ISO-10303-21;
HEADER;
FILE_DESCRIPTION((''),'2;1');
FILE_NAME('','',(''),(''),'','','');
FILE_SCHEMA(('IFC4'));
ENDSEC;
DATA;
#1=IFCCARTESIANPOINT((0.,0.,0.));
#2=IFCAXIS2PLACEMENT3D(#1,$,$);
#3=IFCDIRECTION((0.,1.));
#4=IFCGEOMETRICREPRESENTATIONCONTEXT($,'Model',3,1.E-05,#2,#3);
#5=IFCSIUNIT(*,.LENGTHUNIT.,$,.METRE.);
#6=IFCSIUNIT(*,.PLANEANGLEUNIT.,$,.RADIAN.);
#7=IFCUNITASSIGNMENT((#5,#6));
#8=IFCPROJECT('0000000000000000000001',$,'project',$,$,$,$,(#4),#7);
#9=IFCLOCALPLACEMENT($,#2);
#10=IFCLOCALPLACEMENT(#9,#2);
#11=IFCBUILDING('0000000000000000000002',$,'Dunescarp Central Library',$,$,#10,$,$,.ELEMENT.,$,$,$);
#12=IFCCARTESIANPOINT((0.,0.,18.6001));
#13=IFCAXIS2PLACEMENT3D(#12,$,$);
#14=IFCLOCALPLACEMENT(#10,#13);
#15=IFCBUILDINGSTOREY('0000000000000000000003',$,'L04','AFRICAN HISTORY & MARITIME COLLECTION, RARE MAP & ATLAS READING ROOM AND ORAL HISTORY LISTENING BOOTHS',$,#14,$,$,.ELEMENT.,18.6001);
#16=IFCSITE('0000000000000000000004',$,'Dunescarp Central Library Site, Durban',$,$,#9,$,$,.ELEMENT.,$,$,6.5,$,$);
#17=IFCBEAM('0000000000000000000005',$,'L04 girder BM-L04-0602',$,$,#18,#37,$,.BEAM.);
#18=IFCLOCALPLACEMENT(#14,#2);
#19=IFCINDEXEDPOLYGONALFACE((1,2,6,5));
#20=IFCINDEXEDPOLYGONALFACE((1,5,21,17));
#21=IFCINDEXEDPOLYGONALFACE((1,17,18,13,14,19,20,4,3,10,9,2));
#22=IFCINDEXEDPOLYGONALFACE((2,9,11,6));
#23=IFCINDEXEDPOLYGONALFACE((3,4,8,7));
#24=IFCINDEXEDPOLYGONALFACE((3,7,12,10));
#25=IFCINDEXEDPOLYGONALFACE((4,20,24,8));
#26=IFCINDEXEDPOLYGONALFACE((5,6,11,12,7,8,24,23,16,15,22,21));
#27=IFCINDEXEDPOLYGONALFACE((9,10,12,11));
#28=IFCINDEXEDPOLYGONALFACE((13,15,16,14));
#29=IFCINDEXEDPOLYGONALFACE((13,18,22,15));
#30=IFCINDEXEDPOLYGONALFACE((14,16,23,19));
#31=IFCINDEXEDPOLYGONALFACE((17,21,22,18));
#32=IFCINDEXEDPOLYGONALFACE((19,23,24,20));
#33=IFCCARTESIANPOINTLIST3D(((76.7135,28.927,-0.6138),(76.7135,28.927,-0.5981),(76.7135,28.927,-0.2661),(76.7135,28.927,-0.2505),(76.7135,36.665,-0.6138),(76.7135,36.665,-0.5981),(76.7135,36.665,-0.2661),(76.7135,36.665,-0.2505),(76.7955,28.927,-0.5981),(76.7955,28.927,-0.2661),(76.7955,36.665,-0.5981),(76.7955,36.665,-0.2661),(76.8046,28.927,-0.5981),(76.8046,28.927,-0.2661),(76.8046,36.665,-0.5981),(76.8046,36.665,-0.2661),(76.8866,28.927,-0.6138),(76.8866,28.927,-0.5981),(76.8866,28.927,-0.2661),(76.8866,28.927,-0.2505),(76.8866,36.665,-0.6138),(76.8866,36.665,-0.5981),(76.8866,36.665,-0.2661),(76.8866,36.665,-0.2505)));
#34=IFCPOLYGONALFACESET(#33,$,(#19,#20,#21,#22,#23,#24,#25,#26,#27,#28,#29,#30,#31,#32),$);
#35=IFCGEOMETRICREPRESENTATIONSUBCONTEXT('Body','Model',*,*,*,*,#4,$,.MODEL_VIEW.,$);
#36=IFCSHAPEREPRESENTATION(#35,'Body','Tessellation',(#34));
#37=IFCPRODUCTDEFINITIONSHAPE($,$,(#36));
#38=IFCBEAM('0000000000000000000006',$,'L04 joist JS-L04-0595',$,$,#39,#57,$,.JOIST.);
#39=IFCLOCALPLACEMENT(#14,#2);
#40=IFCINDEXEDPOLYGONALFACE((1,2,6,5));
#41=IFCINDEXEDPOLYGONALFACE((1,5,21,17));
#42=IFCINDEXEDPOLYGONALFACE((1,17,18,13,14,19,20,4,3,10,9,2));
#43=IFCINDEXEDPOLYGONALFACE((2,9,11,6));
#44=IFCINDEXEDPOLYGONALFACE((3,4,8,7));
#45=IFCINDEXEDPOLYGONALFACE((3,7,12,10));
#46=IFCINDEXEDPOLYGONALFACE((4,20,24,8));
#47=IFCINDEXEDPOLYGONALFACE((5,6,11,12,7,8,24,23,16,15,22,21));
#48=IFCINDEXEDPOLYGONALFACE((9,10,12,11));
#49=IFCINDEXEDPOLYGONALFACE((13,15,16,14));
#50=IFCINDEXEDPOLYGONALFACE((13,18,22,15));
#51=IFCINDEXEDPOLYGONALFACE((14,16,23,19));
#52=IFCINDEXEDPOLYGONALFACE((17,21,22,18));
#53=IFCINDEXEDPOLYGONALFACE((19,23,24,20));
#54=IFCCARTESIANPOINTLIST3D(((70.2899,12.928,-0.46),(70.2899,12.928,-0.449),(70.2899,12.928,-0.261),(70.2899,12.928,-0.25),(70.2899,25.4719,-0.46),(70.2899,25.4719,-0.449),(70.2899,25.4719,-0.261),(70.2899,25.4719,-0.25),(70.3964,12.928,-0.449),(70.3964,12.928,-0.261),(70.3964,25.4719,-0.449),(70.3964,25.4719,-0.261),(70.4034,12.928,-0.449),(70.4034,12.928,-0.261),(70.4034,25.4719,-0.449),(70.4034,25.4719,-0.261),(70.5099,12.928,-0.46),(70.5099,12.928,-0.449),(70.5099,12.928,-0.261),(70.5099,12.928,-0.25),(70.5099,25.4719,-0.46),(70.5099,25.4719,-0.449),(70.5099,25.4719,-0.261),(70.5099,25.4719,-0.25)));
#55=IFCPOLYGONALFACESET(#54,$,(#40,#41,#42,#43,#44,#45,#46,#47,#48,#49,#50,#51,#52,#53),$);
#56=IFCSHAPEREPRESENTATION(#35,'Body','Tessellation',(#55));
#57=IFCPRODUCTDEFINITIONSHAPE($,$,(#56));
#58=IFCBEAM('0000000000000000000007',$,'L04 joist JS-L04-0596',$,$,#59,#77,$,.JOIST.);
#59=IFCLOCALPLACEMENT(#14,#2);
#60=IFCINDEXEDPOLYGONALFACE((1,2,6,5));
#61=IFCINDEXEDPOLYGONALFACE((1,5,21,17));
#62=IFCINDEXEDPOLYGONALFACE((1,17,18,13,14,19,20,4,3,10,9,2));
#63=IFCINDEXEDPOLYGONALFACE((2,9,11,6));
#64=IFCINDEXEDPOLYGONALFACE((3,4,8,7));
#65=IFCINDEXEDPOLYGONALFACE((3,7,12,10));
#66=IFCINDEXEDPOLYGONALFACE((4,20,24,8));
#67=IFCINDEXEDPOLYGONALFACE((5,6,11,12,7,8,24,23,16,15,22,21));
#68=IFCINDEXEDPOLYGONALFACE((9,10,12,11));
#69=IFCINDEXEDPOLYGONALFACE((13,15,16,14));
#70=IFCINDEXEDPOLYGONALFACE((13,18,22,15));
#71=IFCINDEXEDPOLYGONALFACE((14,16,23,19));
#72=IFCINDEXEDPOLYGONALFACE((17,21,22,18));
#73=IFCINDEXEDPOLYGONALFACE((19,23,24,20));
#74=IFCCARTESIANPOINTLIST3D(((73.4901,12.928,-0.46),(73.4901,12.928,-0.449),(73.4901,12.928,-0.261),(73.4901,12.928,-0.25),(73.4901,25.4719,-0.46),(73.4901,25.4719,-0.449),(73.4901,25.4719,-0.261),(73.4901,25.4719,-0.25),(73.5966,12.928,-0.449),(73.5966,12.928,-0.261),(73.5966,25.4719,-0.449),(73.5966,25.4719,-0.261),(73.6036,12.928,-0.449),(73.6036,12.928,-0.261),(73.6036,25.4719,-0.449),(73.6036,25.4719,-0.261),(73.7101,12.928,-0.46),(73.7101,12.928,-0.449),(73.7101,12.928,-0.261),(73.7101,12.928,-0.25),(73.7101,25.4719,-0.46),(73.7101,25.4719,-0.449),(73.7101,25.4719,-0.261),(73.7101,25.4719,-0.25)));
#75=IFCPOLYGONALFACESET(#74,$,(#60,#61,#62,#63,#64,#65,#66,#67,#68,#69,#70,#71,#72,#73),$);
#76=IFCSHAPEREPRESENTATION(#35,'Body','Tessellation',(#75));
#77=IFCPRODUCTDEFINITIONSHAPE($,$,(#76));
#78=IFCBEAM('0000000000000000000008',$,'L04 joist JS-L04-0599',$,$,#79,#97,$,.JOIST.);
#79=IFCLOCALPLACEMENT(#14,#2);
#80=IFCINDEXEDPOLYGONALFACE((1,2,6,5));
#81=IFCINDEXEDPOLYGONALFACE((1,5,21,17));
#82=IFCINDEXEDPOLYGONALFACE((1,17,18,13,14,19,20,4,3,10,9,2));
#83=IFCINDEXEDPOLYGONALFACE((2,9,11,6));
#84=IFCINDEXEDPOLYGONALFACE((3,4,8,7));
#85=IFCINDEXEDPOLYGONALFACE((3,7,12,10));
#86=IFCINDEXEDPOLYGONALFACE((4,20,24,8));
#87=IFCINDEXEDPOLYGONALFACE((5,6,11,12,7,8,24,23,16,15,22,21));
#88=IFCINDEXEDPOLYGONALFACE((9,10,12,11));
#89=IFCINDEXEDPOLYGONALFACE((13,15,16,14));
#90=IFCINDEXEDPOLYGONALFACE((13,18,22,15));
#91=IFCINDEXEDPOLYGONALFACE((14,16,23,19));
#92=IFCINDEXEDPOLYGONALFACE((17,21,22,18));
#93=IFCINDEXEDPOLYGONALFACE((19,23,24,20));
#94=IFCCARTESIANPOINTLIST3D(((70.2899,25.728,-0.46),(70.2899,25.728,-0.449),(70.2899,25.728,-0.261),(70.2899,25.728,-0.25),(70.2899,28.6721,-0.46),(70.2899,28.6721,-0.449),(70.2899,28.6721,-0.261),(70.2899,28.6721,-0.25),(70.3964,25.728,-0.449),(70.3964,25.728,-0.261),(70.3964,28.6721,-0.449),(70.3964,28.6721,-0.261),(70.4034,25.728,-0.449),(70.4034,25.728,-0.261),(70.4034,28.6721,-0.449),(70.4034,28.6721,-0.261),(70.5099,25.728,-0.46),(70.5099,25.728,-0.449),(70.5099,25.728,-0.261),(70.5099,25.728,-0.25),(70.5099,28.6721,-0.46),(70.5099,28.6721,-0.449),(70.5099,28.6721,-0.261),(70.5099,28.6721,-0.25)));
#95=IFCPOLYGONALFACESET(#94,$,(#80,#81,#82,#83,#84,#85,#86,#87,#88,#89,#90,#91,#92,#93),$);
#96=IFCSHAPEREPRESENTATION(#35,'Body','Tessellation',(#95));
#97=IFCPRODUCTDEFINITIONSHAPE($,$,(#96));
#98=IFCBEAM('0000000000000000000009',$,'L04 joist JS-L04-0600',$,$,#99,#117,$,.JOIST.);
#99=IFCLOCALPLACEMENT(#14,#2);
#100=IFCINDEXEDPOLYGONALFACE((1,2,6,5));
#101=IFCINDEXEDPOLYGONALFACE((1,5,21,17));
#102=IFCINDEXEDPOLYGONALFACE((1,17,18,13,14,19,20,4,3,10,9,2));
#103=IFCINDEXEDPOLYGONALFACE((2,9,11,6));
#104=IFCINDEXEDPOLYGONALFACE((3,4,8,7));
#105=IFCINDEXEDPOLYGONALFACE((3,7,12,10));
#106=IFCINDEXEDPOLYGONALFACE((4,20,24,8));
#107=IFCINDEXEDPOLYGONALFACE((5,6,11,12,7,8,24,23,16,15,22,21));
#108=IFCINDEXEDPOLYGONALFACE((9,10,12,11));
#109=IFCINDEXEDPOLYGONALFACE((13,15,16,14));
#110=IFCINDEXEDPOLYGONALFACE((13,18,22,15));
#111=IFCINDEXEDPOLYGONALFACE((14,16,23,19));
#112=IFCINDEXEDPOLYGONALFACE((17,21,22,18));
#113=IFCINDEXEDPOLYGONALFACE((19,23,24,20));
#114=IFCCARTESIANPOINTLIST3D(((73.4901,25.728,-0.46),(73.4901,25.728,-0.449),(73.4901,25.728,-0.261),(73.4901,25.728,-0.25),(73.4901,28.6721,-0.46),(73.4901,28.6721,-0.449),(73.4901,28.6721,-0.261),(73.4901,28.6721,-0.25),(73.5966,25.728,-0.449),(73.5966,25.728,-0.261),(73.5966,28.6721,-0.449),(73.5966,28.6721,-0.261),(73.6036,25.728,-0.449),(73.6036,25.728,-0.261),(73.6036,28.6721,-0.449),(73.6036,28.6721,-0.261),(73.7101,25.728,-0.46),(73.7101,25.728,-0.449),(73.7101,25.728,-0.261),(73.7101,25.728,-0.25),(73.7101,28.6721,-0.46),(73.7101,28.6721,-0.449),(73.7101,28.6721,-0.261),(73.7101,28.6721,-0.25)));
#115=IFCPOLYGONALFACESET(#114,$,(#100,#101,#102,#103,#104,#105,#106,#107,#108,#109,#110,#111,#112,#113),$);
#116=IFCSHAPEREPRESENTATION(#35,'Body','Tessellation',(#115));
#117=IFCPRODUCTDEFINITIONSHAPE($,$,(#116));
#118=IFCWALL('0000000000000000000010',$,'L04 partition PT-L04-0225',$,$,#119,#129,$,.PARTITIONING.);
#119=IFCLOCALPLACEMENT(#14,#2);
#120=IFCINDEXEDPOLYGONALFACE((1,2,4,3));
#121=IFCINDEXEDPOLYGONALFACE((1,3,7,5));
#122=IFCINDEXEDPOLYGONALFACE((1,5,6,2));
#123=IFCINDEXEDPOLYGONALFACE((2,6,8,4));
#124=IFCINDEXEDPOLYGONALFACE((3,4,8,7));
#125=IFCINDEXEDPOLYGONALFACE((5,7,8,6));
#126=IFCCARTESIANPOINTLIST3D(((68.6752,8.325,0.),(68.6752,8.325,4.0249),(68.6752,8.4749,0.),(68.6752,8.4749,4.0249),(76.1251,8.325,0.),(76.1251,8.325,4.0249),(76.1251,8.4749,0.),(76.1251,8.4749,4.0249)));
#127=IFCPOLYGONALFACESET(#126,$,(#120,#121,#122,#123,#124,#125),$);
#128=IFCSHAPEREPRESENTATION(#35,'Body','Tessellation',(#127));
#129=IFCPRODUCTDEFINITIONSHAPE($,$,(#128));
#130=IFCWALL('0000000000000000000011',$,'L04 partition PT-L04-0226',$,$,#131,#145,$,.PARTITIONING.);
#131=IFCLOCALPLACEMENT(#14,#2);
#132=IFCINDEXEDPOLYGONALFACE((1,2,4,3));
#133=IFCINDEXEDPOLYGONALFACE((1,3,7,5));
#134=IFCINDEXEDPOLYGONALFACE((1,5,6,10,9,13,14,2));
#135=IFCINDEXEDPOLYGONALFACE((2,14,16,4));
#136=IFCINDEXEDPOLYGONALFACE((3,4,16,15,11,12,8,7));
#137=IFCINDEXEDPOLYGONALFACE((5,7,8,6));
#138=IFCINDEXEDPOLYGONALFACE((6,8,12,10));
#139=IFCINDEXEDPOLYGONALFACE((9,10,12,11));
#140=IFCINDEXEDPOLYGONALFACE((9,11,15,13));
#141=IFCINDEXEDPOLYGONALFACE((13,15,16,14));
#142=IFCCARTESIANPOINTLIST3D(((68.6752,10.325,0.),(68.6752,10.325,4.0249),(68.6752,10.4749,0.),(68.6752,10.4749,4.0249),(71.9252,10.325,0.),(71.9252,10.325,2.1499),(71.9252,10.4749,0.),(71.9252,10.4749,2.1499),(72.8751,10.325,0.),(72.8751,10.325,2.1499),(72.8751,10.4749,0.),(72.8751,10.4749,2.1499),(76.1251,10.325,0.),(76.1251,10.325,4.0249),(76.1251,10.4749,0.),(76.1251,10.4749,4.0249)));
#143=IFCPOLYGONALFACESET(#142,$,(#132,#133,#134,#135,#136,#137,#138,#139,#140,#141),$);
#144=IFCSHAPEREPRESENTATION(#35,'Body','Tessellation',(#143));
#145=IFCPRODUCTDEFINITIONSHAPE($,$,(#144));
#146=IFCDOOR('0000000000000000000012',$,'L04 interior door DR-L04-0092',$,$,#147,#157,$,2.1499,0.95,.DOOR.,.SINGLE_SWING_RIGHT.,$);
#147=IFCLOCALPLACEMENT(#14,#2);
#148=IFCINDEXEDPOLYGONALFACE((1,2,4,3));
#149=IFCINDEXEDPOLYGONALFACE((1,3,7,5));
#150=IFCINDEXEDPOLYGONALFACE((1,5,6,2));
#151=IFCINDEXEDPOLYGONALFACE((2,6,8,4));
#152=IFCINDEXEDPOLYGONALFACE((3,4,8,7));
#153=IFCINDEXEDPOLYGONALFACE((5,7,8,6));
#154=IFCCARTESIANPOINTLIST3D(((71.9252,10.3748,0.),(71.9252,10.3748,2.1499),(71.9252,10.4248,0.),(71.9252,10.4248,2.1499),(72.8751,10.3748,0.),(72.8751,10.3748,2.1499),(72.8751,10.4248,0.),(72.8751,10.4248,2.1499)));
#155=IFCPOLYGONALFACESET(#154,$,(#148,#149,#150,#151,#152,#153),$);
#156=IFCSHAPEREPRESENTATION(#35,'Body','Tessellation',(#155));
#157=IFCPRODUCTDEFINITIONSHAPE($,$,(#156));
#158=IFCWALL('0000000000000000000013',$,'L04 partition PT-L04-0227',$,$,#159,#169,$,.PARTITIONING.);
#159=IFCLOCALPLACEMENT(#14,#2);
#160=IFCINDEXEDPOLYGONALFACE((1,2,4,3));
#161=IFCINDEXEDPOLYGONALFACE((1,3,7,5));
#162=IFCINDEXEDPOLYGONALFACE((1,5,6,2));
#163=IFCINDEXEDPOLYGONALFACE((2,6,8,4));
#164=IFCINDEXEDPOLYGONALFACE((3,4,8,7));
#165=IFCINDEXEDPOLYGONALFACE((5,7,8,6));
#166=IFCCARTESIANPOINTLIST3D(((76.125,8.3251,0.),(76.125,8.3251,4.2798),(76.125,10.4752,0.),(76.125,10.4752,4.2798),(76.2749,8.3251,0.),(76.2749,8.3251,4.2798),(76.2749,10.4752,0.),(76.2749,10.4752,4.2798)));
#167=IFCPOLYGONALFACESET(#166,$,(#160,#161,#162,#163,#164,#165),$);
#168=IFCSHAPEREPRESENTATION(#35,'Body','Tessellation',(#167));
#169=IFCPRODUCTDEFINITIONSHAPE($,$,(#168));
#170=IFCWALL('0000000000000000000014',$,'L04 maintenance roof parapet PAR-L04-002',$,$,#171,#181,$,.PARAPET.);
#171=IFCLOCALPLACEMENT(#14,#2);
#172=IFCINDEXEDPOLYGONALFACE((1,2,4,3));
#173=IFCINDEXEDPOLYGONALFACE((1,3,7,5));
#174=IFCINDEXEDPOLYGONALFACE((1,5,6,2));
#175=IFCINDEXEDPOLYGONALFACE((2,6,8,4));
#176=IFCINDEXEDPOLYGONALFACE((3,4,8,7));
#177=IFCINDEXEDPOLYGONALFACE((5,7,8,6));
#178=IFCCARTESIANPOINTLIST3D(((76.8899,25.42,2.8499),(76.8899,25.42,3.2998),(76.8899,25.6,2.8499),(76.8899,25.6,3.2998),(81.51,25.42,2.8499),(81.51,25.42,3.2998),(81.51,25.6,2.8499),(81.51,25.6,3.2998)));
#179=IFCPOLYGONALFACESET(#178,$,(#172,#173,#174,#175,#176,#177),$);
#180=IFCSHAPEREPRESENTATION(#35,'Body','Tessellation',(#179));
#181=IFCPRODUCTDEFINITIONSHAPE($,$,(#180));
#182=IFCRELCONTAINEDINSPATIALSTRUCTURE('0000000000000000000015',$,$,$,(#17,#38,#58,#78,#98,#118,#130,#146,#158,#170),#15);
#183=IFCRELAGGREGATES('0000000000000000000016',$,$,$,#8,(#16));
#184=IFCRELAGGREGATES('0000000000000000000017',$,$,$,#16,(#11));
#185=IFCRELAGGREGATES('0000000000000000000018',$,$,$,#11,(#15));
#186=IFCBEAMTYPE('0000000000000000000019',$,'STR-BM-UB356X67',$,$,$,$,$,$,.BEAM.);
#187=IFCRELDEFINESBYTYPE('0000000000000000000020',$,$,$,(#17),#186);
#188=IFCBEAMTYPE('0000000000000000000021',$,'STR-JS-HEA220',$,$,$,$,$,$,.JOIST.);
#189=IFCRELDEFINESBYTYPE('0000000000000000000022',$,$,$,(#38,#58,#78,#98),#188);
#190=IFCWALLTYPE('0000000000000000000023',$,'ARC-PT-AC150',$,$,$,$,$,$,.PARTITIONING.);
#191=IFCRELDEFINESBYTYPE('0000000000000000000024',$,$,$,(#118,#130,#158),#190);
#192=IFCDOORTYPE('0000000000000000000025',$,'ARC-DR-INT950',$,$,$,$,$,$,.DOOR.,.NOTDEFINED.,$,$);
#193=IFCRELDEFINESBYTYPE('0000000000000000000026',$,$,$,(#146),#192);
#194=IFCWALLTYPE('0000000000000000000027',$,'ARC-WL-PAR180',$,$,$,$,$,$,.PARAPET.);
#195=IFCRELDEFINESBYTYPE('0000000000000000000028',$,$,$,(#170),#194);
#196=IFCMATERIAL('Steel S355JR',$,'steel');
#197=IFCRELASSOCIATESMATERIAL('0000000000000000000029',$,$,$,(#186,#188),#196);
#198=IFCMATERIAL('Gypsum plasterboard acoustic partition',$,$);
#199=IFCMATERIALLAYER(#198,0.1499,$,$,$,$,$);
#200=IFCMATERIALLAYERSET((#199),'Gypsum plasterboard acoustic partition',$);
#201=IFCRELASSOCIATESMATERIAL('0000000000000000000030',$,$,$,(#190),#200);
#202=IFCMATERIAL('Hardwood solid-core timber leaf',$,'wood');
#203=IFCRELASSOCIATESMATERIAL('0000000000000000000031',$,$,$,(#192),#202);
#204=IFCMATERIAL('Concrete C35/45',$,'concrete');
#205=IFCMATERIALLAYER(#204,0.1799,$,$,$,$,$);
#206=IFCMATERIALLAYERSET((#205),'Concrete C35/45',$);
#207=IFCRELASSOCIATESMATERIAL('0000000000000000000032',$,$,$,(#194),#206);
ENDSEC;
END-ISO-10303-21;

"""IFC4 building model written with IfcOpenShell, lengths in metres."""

from ifc_helpers import new_model, si_unit, direction, frame, frame_2d, origin, origin_2d, place, context, subcontext, project, spatial, rectangle, i_section, extrude, material, layer, layer_set, material_profile, profile_set, type_object, element, fill, save


model = new_model("IFC4")

# Units and contexts
model_context = context("Model", 3, precision=1e-05, world=origin(), true_north=direction((0.0, 1.0)))
body_context = subcontext(model_context, "Body", "Model", "MODEL_VIEW")
ifc_project = project(units=[si_unit("LENGTHUNIT", "METRE"), si_unit("PLANEANGLEUNIT", "RADIAN")], contexts=[model_context])

# Site, building, storey
site_placement = place(None, origin())
site = spatial("IfcSite", under=ifc_project, at=site_placement, Name="Dunescarp Central Library Site, Durban", CompositionType="ELEMENT", RefElevation=6.5)
building_placement = place(site_placement, origin())
building = spatial("IfcBuilding", under=site, at=building_placement, Name="Dunescarp Central Library", CompositionType="ELEMENT")
storey_placement = place(building_placement, frame((0.0, 0.0, 18.6001)))
storey = spatial("IfcBuildingStorey", under=building, at=storey_placement, Name="L04", Description="AFRICAN HISTORY & MARITIME COLLECTION, RARE MAP & ATLAS READING ROOM AND ORAL HISTORY LISTENING BOOTHS", CompositionType="ELEMENT", Elevation=18.6001)

# Shared definitions
ifc_material_1 = material(Name="Steel S355JR", Category="steel")

# Beams
ifc_material_profile_1 = material_profile(ifc_material_1, i_section(OverallWidth=0.1731, OverallDepth=0.3633, WebThickness=0.009, FlangeThickness=0.0156, at=origin_2d()), Name="UB 356x171x67")
ifc_profile_set_1 = profile_set([ifc_material_profile_1], Name="Steel S355JR")
beam_type_1 = type_object("IfcBeamType", Name="STR-BM-UB356X67", PredefinedType="BEAM", material=ifc_profile_set_1)
beam_1_placement = place(storey_placement, frame((76.8, 28.927, -0.4321), z_axis=(0.0, 1.0, 0.0), x_axis=(-1.0, 0.0, 0.0)))
element("IfcBeam", 1, at=beam_1_placement, inside=storey, type_object=beam_type_1, Name="L04 girder BM-L04-0602", PredefinedType="BEAM", context=body_context, shape_type="SweptSolid", body=[
    extrude(i_section(OverallWidth=0.1731, OverallDepth=0.3633, WebThickness=0.009, FlangeThickness=0.0156, at=origin_2d()), origin(), (0.0, 0.0, 1.0), 7.738),
])
ifc_material_profile_2 = material_profile(ifc_material_1, i_section(OverallWidth=0.22, OverallDepth=0.21, WebThickness=0.0071, FlangeThickness=0.011, at=origin_2d()), Name="HEA 220")
ifc_profile_set_2 = profile_set([ifc_material_profile_2], Name="Steel S355JR")
beam_type_2 = type_object("IfcBeamType", Name="STR-JS-HEA220", PredefinedType="JOIST", material=ifc_profile_set_2)
for number, where, z_axis, x_axis, name in (
    (2, (70.3999, 12.928, -0.355), (0.0, 1.0, 0.0), (-1.0, 0.0, 0.0), "L04 joist JS-L04-0595"),
    (3, (73.6001, 12.928, -0.355), (0.0, 1.0, 0.0), (-1.0, 0.0, 0.0), "L04 joist JS-L04-0596"),
):
    element("IfcBeam", number, at=place(storey_placement, frame(where, z_axis=z_axis, x_axis=x_axis)), inside=storey, type_object=beam_type_2, Name=name, PredefinedType="JOIST", context=body_context, shape_type="SweptSolid", body=[
        extrude(i_section(OverallWidth=0.22, OverallDepth=0.21, WebThickness=0.0071, FlangeThickness=0.011, at=origin_2d()), origin(), (0.0, 0.0, 1.0), 12.5439),
    ])
for number, where, z_axis, x_axis, name in (
    (4, (70.3999, 25.728, -0.355), (0.0, 1.0, 0.0), (-1.0, 0.0, 0.0), "L04 joist JS-L04-0599"),
    (5, (73.6001, 25.728, -0.355), (0.0, 1.0, 0.0), (-1.0, 0.0, 0.0), "L04 joist JS-L04-0600"),
):
    element("IfcBeam", number, at=place(storey_placement, frame(where, z_axis=z_axis, x_axis=x_axis)), inside=storey, type_object=beam_type_2, Name=name, PredefinedType="JOIST", context=body_context, shape_type="SweptSolid", body=[
        extrude(i_section(OverallWidth=0.22, OverallDepth=0.21, WebThickness=0.0071, FlangeThickness=0.011, at=origin_2d()), origin(), (0.0, 0.0, 1.0), 2.9441),
    ])

# Wall
ifc_material_2 = material(Name="Gypsum plasterboard acoustic partition")
ifc_layer_1 = layer(ifc_material_2, 0.1499)
ifc_layer_set_1 = layer_set([ifc_layer_1], Name="Gypsum plasterboard acoustic partition")
wall_type_1 = type_object("IfcWallType", Name="ARC-PT-AC150", PredefinedType="PARTITIONING", material=ifc_layer_set_1)
wall_1_placement = place(storey_placement, frame((68.675, 8.3999, 0.0), z_axis=(0.0, 0.0, 1.0), x_axis=(1.0, 0.0, 0.0)))
element("IfcWall", 6, at=wall_1_placement, inside=storey, type_object=wall_type_1, Name="L04 partition PT-L04-0225", PredefinedType="PARTITIONING", context=body_context, shape_type="SweptSolid", body=[
    extrude(rectangle(XDim=7.45, YDim=0.1499, at=frame_2d((3.7251, 0.0))), origin(), (0.0, 0.0, 1.0), 4.0249),
])

# Wall, opening, door
wall_2_placement = place(storey_placement, frame((68.675, 10.3999, 0.0), z_axis=(0.0, 0.0, 1.0), x_axis=(1.0, 0.0, 0.0)))
wall_2 = element("IfcWall", 7, at=wall_2_placement, inside=storey, type_object=wall_type_1, Name="L04 partition PT-L04-0226", PredefinedType="PARTITIONING", context=body_context, shape_type="SweptSolid", body=[
    extrude(rectangle(XDim=7.45, YDim=0.1499, at=frame_2d((3.7251, 0.0))), origin(), (0.0, 0.0, 1.0), 4.0249),
])
opening_1_placement = place(wall_2_placement, frame((3.25, 0.0, 0.0)))
opening_1 = element("IfcOpeningElement", 8, at=opening_1_placement, cuts=wall_2, PredefinedType="OPENING", context=body_context, shape_type="SweptSolid", body=[
    extrude(rectangle(XDim=0.95, YDim=2.1499, at=frame_2d((0.4751, 1.075))), frame((0.0, 0.085, 0.0), z_axis=(0.0, -1.0, 0.0), x_axis=(1.0, 0.0, 0.0)), (0.0, 0.0, 1.0), 0.1699),
])
ifc_material_3 = material(Name="Hardwood solid-core timber leaf", Category="wood")
door_type_1 = type_object("IfcDoorType", Name="ARC-DR-INT950", OperationType="NOTDEFINED", PredefinedType="DOOR", material=ifc_material_3)
door_1_placement = place(opening_1_placement, origin())
door_1 = element("IfcDoor", 9, at=door_1_placement, inside=storey, type_object=door_type_1, Name="L04 interior door DR-L04-0092", OperationType="SINGLE_SWING_RIGHT", OverallHeight=2.1499, OverallWidth=0.95, PredefinedType="DOOR", context=body_context, shape_type="SweptSolid", body=[
    extrude(rectangle(XDim=0.95, YDim=2.1499, at=frame_2d((0.4751, 1.075))), frame((0.0, 0.0249, 0.0), z_axis=(0.0, -1.0, 0.0), x_axis=(1.0, 0.0, 0.0)), (0.0, 0.0, 1.0), 0.05),
])
fill(opening_1, door_1)

# Walls
wall_3_placement = place(storey_placement, frame((76.2, 8.325, 0.0), z_axis=(0.0, 0.0, 1.0), x_axis=(0.0, 1.0, 0.0)))
element("IfcWall", 10, at=wall_3_placement, inside=storey, type_object=wall_type_1, Name="L04 partition PT-L04-0227", PredefinedType="PARTITIONING", context=body_context, shape_type="SweptSolid", body=[
    extrude(rectangle(XDim=2.1501, YDim=0.1499, at=frame_2d((1.0752, 0.0))), origin(), (0.0, 0.0, 1.0), 4.2798),
])
ifc_material_4 = material(Name="Concrete C35/45", Category="concrete")
ifc_layer_2 = layer(ifc_material_4, 0.1799)
ifc_layer_set_2 = layer_set([ifc_layer_2], Name="Concrete C35/45")
wall_type_2 = type_object("IfcWallType", Name="ARC-WL-PAR180", PredefinedType="PARAPET", material=ifc_layer_set_2)
wall_4_placement = place(storey_placement, frame((76.8899, 25.51, 2.8499), z_axis=(0.0, 0.0, 1.0), x_axis=(1.0, 0.0, 0.0)))
element("IfcWall", 11, at=wall_4_placement, inside=storey, type_object=wall_type_2, Name="L04 maintenance roof parapet PAR-L04-002", PredefinedType="PARAPET", context=body_context, shape_type="SweptSolid", body=[
    extrude(rectangle(XDim=4.6201, YDim=0.1799, at=frame_2d((2.3101, 0.0))), origin(), (0.0, 0.0, 1.0), 0.45),
])

save(model, "model.ifc")
